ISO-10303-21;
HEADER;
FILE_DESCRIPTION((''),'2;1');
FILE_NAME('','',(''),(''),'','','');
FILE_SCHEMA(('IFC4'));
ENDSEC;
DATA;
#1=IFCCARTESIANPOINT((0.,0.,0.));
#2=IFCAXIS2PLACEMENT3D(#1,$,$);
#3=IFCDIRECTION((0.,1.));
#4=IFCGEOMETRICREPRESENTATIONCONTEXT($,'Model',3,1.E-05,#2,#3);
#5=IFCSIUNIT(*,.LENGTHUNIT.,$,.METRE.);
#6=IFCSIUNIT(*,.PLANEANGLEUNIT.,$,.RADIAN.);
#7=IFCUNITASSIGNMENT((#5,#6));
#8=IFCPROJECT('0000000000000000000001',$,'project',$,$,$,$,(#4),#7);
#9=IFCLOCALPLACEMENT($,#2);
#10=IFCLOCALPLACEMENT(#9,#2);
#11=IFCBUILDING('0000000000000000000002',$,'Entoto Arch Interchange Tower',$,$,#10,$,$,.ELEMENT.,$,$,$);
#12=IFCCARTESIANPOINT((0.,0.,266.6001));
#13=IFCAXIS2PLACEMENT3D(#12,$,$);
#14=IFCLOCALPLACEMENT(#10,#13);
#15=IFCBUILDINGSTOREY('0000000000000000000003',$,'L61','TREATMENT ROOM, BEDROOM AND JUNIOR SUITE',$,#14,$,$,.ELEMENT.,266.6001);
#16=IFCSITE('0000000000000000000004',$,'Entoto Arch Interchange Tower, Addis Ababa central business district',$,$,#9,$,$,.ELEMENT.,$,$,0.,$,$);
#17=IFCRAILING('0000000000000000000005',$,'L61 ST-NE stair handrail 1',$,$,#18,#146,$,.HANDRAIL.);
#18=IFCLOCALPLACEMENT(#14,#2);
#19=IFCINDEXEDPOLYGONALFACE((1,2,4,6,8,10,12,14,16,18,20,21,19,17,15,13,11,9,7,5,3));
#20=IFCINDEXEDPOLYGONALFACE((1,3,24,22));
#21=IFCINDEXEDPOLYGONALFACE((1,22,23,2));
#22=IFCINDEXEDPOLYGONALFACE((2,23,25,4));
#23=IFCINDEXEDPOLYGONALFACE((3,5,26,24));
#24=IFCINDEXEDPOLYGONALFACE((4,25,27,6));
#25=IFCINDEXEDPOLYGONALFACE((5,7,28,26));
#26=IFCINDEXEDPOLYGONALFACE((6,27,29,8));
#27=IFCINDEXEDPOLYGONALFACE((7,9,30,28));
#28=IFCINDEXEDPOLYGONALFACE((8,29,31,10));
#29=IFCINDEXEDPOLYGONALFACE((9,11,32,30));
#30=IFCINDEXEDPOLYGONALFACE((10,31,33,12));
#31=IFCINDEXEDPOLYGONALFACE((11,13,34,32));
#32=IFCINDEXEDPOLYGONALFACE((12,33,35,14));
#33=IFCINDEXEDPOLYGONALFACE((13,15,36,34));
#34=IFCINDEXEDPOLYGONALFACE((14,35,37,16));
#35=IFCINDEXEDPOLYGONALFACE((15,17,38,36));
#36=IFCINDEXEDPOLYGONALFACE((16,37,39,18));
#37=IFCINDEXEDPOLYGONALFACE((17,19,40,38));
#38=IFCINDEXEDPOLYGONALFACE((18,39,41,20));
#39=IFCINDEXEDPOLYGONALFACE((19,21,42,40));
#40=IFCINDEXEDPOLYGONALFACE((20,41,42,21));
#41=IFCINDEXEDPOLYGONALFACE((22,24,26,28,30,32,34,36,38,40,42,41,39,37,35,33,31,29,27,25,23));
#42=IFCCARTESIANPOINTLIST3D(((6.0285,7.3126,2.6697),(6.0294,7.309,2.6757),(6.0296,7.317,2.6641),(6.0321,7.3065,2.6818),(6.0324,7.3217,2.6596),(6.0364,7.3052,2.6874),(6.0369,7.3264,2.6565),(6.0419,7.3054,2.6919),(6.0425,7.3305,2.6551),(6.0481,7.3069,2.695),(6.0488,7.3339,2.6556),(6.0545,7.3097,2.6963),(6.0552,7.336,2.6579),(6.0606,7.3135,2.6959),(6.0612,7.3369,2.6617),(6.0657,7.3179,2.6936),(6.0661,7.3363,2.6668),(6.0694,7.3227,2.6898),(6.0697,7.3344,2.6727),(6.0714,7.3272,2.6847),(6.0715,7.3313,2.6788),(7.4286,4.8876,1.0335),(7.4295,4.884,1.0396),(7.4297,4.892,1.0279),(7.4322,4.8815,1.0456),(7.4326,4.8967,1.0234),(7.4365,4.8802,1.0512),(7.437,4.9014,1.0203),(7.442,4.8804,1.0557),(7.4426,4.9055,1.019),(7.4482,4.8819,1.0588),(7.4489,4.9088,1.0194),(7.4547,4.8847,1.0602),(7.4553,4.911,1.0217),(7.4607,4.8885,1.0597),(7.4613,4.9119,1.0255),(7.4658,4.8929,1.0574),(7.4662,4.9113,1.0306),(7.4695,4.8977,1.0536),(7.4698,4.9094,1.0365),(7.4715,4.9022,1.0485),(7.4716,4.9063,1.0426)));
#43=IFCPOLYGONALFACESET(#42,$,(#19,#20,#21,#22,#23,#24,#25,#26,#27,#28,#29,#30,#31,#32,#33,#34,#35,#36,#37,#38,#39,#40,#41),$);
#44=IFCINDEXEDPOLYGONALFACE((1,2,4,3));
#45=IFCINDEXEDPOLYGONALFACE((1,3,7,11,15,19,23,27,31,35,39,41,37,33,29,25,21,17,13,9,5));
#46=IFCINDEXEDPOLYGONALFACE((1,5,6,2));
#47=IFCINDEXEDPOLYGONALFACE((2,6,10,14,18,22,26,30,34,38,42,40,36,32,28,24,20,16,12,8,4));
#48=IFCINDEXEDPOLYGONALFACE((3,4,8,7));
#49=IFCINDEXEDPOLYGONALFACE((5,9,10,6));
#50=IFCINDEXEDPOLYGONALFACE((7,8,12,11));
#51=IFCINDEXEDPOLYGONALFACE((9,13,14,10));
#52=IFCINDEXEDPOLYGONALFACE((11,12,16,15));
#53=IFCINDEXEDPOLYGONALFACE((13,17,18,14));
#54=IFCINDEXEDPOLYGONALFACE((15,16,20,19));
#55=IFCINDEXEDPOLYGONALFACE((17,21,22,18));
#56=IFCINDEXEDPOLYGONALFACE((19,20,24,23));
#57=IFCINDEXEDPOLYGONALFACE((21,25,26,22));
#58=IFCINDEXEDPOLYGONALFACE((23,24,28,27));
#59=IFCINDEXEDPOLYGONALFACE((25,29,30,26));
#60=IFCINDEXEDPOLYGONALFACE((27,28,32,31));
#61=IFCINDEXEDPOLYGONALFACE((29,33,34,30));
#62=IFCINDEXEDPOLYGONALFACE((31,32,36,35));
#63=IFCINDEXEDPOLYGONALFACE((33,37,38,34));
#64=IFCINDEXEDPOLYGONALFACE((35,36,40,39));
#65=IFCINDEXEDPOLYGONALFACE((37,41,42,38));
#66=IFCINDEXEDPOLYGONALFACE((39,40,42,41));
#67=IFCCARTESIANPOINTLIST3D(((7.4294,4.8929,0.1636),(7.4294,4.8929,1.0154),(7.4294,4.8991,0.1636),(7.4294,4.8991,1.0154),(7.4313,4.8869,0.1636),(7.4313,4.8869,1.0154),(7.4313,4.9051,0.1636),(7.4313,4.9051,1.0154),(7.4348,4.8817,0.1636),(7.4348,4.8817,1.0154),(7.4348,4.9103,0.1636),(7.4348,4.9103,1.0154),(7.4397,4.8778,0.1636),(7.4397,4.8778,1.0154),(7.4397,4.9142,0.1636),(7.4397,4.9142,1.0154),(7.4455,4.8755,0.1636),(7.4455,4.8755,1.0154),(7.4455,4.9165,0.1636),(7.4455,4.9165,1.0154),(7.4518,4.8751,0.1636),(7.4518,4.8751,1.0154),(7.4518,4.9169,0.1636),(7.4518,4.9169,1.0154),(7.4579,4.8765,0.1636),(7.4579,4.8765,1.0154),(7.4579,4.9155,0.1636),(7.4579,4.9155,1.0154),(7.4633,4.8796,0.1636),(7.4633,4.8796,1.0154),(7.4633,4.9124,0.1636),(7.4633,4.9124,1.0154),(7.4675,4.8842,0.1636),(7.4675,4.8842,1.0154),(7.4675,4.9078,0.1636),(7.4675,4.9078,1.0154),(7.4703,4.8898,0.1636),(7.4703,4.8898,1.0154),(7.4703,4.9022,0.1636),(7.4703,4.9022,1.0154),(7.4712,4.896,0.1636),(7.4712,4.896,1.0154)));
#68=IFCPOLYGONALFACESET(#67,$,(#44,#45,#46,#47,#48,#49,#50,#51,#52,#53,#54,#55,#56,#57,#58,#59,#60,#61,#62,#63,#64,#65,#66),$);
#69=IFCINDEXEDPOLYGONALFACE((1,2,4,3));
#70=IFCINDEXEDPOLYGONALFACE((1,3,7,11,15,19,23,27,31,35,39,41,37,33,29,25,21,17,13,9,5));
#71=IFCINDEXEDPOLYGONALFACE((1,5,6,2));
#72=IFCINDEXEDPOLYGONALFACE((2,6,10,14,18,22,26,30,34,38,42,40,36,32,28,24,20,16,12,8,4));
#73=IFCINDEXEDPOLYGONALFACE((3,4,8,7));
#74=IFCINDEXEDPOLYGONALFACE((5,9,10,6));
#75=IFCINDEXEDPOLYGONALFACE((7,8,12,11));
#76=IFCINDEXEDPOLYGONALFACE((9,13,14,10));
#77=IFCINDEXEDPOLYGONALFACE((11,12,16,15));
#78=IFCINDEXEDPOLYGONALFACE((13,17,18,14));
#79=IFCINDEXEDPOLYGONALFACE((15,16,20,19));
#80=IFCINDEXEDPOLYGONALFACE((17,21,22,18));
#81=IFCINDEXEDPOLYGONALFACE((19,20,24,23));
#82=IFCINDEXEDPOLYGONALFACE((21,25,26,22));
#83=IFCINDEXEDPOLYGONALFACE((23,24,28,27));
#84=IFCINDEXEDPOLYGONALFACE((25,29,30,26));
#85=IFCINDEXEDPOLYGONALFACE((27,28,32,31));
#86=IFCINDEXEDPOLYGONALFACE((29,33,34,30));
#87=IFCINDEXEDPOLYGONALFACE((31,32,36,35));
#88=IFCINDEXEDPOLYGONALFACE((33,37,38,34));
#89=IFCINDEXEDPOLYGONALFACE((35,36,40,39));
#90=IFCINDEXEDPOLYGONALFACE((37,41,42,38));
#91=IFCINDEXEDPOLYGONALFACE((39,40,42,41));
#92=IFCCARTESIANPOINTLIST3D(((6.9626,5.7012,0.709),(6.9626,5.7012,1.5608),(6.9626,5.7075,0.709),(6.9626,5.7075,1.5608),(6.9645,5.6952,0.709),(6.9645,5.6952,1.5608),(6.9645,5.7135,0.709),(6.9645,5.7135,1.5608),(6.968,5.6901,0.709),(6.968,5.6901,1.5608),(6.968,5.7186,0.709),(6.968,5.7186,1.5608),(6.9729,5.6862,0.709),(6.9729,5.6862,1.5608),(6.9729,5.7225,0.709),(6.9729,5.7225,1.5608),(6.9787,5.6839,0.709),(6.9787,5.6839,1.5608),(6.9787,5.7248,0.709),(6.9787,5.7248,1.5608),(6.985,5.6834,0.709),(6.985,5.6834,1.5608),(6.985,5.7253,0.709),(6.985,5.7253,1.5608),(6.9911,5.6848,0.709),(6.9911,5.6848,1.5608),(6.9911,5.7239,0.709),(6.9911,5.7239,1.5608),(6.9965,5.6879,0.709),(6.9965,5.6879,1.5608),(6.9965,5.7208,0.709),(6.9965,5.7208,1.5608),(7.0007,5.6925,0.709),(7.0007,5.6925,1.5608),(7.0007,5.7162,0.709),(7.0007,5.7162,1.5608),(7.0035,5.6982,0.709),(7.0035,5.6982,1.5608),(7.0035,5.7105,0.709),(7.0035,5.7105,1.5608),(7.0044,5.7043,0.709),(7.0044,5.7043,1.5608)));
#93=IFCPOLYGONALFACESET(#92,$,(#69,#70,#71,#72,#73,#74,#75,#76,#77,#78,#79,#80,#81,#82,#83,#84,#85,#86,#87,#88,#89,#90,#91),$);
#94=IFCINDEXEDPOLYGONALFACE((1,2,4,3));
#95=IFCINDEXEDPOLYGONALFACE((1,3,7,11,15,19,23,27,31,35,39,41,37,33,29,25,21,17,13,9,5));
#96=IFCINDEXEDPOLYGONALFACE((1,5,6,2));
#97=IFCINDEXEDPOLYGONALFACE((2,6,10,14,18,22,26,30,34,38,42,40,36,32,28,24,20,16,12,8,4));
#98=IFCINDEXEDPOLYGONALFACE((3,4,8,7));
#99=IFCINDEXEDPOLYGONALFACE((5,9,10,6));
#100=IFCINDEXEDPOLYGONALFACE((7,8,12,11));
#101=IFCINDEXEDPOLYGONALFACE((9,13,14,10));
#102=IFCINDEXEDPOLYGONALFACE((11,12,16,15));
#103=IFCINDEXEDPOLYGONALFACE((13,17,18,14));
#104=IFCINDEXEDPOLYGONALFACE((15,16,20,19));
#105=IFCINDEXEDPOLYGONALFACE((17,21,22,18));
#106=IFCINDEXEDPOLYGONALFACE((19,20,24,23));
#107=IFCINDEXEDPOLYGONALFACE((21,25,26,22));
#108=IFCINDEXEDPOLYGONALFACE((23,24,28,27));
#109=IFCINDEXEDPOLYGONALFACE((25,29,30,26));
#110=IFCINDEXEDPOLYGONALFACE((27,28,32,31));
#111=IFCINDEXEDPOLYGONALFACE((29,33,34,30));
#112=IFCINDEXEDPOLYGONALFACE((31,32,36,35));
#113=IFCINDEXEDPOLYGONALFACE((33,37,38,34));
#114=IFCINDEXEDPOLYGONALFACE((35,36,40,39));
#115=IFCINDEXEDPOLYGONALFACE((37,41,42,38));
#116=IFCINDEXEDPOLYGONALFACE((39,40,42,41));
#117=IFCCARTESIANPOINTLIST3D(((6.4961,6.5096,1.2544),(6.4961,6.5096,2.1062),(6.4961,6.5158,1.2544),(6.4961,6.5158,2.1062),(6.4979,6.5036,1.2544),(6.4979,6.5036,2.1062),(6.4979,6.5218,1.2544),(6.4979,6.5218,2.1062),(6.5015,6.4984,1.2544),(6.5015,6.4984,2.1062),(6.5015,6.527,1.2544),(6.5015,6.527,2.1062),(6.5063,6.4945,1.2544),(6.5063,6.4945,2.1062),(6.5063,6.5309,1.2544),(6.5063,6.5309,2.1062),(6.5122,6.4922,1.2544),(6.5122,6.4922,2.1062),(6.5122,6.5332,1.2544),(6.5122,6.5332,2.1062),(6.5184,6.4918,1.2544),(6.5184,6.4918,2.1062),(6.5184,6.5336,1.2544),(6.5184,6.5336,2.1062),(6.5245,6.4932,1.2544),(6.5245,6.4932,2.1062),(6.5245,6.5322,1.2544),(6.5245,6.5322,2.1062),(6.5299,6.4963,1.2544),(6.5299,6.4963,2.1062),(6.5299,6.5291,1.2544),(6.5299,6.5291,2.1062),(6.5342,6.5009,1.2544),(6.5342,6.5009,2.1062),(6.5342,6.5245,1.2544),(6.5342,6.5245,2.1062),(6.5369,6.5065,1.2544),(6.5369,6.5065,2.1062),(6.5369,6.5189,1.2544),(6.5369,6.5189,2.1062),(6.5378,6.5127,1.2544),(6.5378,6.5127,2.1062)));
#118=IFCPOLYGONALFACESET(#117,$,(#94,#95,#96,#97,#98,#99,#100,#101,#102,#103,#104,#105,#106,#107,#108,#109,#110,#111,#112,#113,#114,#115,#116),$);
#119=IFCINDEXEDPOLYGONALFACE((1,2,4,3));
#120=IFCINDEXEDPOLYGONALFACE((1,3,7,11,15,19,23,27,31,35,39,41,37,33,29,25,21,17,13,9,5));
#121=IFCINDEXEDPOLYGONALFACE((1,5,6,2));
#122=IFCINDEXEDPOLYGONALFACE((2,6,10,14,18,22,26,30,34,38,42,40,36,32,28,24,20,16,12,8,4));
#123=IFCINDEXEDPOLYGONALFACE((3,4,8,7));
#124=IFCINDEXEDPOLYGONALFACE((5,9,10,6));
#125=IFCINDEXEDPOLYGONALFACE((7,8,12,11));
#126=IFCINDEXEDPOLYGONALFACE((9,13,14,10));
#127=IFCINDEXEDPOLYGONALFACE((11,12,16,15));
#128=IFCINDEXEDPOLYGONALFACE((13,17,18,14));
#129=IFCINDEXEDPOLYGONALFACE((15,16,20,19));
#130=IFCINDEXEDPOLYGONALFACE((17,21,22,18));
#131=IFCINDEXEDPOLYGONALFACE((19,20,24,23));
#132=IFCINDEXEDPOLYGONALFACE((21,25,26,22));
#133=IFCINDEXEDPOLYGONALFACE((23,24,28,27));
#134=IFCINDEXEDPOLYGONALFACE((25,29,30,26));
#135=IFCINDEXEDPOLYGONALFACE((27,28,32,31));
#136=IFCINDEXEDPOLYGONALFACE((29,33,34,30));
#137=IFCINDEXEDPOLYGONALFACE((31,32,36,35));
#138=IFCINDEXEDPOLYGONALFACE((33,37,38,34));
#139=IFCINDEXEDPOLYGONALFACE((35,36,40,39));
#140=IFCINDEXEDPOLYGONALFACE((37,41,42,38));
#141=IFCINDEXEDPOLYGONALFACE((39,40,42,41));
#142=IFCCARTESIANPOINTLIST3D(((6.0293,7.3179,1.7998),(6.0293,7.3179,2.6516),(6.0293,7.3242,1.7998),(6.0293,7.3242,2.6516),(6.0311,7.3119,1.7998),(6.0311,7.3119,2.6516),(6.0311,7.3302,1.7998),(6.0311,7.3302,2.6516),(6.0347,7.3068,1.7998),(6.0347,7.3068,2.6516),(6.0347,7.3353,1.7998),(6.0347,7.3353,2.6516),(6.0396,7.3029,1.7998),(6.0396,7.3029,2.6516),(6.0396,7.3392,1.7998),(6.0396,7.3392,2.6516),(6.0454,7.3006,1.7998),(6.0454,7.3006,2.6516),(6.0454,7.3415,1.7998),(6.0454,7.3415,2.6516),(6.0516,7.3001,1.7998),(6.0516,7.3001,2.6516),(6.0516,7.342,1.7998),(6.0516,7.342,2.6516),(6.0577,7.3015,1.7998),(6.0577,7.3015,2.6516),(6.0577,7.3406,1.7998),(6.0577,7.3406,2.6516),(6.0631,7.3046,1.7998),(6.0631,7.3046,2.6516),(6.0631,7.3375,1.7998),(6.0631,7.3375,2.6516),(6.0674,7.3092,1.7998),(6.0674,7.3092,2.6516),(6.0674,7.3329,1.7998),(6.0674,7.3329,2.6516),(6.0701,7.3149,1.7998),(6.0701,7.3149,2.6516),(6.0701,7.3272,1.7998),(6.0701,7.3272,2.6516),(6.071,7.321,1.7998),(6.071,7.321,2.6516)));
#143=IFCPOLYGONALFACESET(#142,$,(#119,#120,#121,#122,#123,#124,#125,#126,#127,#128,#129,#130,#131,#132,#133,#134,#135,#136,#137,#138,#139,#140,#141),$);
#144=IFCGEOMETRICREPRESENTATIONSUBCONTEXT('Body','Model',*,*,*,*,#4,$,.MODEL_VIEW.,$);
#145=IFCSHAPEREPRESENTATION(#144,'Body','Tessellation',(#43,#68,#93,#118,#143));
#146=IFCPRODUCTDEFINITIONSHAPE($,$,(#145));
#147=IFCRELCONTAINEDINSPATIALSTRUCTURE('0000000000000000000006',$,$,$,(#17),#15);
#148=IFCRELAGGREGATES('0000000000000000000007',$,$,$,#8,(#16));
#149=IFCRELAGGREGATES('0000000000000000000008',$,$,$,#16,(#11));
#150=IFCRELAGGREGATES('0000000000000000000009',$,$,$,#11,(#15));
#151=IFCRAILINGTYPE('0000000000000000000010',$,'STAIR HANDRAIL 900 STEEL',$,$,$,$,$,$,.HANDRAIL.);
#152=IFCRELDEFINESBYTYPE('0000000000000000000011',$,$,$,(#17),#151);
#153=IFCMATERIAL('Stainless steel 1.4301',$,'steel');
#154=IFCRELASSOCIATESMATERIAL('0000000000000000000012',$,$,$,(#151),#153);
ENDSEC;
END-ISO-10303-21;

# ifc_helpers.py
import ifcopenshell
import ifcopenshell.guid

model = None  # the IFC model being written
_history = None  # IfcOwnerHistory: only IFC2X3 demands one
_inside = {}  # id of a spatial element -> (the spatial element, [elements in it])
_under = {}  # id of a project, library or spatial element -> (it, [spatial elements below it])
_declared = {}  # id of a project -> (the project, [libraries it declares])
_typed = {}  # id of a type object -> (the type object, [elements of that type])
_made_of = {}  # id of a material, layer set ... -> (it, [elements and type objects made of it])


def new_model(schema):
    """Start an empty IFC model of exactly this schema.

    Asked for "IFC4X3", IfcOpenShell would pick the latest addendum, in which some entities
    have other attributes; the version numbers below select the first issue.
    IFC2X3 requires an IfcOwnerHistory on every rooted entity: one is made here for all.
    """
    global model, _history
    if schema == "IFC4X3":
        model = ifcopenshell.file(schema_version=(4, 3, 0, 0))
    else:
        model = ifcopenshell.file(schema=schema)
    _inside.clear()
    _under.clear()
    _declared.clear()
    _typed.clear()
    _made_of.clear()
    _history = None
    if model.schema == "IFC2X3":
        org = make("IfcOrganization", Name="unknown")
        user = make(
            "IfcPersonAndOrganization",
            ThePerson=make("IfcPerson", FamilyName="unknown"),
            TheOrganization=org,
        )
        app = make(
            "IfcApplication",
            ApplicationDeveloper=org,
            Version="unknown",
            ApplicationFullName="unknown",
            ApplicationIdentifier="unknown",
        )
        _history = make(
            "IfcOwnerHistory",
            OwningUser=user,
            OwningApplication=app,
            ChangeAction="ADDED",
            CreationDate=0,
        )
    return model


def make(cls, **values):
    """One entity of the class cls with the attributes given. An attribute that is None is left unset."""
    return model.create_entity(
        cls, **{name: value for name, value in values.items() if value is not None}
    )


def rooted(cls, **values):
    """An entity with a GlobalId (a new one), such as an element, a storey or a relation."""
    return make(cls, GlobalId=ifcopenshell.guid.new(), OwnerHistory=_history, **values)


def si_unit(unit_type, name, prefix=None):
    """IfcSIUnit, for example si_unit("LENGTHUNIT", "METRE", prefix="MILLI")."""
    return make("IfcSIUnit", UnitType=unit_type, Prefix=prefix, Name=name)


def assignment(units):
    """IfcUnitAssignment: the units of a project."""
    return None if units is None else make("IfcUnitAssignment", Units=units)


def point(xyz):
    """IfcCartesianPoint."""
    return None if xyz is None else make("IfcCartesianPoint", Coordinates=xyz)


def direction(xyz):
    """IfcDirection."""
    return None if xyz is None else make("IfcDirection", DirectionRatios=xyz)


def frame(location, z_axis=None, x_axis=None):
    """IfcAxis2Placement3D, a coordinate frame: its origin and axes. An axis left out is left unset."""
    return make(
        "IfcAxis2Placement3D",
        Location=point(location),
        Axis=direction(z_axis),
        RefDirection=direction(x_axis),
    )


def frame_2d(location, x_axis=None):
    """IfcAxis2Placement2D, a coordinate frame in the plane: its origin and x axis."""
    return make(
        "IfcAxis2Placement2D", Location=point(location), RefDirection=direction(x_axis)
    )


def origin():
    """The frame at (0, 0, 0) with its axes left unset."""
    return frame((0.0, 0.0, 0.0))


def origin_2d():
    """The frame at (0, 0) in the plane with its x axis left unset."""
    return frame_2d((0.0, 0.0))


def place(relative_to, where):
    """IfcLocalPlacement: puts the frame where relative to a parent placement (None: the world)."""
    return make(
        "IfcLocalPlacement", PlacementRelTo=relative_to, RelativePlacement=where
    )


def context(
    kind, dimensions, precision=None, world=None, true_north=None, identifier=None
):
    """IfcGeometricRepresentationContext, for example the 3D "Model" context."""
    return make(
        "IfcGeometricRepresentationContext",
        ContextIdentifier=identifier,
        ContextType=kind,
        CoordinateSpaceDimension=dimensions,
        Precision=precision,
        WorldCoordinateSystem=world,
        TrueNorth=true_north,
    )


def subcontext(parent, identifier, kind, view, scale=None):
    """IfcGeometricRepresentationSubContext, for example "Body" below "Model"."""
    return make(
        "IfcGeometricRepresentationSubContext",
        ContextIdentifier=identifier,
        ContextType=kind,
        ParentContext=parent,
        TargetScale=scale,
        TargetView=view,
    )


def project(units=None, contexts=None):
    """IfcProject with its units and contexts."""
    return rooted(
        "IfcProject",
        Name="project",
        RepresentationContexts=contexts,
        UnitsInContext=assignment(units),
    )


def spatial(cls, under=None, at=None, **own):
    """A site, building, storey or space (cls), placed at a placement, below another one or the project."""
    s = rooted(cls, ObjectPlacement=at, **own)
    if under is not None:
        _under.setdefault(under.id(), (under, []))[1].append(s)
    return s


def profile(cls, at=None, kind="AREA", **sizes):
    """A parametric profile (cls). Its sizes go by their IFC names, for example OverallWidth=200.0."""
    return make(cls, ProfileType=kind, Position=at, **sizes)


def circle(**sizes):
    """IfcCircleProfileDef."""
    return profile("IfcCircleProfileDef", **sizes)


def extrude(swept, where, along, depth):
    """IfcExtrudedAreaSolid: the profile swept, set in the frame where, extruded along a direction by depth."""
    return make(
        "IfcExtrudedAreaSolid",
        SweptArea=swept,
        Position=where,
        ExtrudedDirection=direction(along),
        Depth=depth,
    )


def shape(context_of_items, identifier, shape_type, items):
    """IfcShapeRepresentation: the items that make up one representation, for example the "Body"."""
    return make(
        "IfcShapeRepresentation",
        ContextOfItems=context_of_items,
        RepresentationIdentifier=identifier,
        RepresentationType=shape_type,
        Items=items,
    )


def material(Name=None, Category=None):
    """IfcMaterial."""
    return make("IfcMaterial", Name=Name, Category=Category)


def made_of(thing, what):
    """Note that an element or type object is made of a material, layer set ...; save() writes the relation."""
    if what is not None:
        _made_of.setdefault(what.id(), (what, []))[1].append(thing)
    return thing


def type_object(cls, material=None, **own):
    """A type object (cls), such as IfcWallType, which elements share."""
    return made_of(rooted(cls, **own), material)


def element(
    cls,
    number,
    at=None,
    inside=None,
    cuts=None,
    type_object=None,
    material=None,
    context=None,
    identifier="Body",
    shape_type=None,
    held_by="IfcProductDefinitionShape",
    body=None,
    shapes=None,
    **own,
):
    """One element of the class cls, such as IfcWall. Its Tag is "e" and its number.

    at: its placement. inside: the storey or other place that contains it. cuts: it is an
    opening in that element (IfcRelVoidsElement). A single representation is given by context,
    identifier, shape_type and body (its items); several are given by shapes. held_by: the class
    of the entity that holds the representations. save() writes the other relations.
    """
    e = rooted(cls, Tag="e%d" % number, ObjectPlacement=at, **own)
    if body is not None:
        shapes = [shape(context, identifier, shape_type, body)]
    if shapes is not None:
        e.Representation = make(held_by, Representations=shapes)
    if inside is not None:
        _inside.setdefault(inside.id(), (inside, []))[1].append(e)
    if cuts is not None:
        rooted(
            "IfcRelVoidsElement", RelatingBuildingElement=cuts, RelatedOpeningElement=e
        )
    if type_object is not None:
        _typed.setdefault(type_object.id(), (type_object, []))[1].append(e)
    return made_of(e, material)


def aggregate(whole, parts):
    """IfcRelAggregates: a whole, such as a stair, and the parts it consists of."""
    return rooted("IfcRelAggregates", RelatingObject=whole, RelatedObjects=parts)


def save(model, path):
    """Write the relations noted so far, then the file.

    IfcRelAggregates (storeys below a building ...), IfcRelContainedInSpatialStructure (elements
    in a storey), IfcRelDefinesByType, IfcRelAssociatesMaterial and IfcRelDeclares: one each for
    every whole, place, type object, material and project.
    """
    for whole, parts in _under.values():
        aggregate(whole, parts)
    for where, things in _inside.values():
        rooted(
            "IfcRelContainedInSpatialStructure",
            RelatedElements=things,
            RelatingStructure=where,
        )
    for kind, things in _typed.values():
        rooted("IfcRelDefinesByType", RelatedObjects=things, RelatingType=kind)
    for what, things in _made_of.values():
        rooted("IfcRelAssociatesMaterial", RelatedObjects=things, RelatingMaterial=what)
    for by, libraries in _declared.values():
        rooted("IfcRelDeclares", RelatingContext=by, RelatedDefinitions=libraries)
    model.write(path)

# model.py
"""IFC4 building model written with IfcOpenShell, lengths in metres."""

from ifc_helpers import new_model, si_unit, direction, frame, origin, origin_2d, place, context, subcontext, project, spatial, circle, extrude, material, type_object, element, save


model = new_model("IFC4")

# Units and contexts
model_context = context("Model", 3, precision=1e-05, world=origin(), true_north=direction((0.0, 1.0)))
body_context = subcontext(model_context, "Body", "Model", "MODEL_VIEW")
ifc_project = project(units=[si_unit("LENGTHUNIT", "METRE"), si_unit("PLANEANGLEUNIT", "RADIAN")], contexts=[model_context])

# Site, building, storey
site_placement = place(None, origin())
site = spatial("IfcSite", under=ifc_project, at=site_placement, Name="Entoto Arch Interchange Tower, Addis Ababa central business district", CompositionType="ELEMENT", RefElevation=0.0)
building_placement = place(site_placement, origin())
building = spatial("IfcBuilding", under=site, at=building_placement, Name="Entoto Arch Interchange Tower", CompositionType="ELEMENT")
storey_placement = place(building_placement, frame((0.0, 0.0, 266.6001)))
storey = spatial("IfcBuildingStorey", under=building, at=storey_placement, Name="L61", Description="TREATMENT ROOM, BEDROOM AND JUNIOR SUITE", CompositionType="ELEMENT", Elevation=266.6001)

# Railing
ifc_material_1 = material(Name="Stainless steel 1.4301", Category="steel")
railing_type = type_object("IfcRailingType", Name="STAIR HANDRAIL 900 STEEL", PredefinedType="HANDRAIL", material=ifc_material_1)
railing_placement = place(storey_placement, frame((7.4502, 4.896, 0.1636)))
element("IfcRailing", 1, at=railing_placement, inside=storey, type_object=railing_type, Name="L61 ST-NE stair handrail 1", PredefinedType="HANDRAIL", context=body_context, shape_type="SweptSolid", body=[
    extrude(circle(Radius=0.0239, at=origin_2d()), frame((0.0, 0.0, 0.876), z_axis=(-0.431714, 0.747727, 0.504507), x_axis=(-0.866019, -0.500012, 0.0)), (0.0, 0.0, 1.0), 3.2432),
    extrude(circle(Radius=0.021, at=origin_2d()), origin(), (0.0, 0.0, 1.0), 0.8518),
    extrude(circle(Radius=0.021, at=origin_2d()), frame((-0.4668, 0.8083, 0.5454)), (0.0, 0.0, 1.0), 0.8518),
    extrude(circle(Radius=0.021, at=origin_2d()), frame((-0.9333, 1.6167, 1.0908)), (0.0, 0.0, 1.0), 0.8518),
    extrude(circle(Radius=0.021, at=origin_2d()), frame((-1.4001, 2.425, 1.6362)), (0.0, 0.0, 1.0), 0.8518),
])

save(model, "model.ifc")
